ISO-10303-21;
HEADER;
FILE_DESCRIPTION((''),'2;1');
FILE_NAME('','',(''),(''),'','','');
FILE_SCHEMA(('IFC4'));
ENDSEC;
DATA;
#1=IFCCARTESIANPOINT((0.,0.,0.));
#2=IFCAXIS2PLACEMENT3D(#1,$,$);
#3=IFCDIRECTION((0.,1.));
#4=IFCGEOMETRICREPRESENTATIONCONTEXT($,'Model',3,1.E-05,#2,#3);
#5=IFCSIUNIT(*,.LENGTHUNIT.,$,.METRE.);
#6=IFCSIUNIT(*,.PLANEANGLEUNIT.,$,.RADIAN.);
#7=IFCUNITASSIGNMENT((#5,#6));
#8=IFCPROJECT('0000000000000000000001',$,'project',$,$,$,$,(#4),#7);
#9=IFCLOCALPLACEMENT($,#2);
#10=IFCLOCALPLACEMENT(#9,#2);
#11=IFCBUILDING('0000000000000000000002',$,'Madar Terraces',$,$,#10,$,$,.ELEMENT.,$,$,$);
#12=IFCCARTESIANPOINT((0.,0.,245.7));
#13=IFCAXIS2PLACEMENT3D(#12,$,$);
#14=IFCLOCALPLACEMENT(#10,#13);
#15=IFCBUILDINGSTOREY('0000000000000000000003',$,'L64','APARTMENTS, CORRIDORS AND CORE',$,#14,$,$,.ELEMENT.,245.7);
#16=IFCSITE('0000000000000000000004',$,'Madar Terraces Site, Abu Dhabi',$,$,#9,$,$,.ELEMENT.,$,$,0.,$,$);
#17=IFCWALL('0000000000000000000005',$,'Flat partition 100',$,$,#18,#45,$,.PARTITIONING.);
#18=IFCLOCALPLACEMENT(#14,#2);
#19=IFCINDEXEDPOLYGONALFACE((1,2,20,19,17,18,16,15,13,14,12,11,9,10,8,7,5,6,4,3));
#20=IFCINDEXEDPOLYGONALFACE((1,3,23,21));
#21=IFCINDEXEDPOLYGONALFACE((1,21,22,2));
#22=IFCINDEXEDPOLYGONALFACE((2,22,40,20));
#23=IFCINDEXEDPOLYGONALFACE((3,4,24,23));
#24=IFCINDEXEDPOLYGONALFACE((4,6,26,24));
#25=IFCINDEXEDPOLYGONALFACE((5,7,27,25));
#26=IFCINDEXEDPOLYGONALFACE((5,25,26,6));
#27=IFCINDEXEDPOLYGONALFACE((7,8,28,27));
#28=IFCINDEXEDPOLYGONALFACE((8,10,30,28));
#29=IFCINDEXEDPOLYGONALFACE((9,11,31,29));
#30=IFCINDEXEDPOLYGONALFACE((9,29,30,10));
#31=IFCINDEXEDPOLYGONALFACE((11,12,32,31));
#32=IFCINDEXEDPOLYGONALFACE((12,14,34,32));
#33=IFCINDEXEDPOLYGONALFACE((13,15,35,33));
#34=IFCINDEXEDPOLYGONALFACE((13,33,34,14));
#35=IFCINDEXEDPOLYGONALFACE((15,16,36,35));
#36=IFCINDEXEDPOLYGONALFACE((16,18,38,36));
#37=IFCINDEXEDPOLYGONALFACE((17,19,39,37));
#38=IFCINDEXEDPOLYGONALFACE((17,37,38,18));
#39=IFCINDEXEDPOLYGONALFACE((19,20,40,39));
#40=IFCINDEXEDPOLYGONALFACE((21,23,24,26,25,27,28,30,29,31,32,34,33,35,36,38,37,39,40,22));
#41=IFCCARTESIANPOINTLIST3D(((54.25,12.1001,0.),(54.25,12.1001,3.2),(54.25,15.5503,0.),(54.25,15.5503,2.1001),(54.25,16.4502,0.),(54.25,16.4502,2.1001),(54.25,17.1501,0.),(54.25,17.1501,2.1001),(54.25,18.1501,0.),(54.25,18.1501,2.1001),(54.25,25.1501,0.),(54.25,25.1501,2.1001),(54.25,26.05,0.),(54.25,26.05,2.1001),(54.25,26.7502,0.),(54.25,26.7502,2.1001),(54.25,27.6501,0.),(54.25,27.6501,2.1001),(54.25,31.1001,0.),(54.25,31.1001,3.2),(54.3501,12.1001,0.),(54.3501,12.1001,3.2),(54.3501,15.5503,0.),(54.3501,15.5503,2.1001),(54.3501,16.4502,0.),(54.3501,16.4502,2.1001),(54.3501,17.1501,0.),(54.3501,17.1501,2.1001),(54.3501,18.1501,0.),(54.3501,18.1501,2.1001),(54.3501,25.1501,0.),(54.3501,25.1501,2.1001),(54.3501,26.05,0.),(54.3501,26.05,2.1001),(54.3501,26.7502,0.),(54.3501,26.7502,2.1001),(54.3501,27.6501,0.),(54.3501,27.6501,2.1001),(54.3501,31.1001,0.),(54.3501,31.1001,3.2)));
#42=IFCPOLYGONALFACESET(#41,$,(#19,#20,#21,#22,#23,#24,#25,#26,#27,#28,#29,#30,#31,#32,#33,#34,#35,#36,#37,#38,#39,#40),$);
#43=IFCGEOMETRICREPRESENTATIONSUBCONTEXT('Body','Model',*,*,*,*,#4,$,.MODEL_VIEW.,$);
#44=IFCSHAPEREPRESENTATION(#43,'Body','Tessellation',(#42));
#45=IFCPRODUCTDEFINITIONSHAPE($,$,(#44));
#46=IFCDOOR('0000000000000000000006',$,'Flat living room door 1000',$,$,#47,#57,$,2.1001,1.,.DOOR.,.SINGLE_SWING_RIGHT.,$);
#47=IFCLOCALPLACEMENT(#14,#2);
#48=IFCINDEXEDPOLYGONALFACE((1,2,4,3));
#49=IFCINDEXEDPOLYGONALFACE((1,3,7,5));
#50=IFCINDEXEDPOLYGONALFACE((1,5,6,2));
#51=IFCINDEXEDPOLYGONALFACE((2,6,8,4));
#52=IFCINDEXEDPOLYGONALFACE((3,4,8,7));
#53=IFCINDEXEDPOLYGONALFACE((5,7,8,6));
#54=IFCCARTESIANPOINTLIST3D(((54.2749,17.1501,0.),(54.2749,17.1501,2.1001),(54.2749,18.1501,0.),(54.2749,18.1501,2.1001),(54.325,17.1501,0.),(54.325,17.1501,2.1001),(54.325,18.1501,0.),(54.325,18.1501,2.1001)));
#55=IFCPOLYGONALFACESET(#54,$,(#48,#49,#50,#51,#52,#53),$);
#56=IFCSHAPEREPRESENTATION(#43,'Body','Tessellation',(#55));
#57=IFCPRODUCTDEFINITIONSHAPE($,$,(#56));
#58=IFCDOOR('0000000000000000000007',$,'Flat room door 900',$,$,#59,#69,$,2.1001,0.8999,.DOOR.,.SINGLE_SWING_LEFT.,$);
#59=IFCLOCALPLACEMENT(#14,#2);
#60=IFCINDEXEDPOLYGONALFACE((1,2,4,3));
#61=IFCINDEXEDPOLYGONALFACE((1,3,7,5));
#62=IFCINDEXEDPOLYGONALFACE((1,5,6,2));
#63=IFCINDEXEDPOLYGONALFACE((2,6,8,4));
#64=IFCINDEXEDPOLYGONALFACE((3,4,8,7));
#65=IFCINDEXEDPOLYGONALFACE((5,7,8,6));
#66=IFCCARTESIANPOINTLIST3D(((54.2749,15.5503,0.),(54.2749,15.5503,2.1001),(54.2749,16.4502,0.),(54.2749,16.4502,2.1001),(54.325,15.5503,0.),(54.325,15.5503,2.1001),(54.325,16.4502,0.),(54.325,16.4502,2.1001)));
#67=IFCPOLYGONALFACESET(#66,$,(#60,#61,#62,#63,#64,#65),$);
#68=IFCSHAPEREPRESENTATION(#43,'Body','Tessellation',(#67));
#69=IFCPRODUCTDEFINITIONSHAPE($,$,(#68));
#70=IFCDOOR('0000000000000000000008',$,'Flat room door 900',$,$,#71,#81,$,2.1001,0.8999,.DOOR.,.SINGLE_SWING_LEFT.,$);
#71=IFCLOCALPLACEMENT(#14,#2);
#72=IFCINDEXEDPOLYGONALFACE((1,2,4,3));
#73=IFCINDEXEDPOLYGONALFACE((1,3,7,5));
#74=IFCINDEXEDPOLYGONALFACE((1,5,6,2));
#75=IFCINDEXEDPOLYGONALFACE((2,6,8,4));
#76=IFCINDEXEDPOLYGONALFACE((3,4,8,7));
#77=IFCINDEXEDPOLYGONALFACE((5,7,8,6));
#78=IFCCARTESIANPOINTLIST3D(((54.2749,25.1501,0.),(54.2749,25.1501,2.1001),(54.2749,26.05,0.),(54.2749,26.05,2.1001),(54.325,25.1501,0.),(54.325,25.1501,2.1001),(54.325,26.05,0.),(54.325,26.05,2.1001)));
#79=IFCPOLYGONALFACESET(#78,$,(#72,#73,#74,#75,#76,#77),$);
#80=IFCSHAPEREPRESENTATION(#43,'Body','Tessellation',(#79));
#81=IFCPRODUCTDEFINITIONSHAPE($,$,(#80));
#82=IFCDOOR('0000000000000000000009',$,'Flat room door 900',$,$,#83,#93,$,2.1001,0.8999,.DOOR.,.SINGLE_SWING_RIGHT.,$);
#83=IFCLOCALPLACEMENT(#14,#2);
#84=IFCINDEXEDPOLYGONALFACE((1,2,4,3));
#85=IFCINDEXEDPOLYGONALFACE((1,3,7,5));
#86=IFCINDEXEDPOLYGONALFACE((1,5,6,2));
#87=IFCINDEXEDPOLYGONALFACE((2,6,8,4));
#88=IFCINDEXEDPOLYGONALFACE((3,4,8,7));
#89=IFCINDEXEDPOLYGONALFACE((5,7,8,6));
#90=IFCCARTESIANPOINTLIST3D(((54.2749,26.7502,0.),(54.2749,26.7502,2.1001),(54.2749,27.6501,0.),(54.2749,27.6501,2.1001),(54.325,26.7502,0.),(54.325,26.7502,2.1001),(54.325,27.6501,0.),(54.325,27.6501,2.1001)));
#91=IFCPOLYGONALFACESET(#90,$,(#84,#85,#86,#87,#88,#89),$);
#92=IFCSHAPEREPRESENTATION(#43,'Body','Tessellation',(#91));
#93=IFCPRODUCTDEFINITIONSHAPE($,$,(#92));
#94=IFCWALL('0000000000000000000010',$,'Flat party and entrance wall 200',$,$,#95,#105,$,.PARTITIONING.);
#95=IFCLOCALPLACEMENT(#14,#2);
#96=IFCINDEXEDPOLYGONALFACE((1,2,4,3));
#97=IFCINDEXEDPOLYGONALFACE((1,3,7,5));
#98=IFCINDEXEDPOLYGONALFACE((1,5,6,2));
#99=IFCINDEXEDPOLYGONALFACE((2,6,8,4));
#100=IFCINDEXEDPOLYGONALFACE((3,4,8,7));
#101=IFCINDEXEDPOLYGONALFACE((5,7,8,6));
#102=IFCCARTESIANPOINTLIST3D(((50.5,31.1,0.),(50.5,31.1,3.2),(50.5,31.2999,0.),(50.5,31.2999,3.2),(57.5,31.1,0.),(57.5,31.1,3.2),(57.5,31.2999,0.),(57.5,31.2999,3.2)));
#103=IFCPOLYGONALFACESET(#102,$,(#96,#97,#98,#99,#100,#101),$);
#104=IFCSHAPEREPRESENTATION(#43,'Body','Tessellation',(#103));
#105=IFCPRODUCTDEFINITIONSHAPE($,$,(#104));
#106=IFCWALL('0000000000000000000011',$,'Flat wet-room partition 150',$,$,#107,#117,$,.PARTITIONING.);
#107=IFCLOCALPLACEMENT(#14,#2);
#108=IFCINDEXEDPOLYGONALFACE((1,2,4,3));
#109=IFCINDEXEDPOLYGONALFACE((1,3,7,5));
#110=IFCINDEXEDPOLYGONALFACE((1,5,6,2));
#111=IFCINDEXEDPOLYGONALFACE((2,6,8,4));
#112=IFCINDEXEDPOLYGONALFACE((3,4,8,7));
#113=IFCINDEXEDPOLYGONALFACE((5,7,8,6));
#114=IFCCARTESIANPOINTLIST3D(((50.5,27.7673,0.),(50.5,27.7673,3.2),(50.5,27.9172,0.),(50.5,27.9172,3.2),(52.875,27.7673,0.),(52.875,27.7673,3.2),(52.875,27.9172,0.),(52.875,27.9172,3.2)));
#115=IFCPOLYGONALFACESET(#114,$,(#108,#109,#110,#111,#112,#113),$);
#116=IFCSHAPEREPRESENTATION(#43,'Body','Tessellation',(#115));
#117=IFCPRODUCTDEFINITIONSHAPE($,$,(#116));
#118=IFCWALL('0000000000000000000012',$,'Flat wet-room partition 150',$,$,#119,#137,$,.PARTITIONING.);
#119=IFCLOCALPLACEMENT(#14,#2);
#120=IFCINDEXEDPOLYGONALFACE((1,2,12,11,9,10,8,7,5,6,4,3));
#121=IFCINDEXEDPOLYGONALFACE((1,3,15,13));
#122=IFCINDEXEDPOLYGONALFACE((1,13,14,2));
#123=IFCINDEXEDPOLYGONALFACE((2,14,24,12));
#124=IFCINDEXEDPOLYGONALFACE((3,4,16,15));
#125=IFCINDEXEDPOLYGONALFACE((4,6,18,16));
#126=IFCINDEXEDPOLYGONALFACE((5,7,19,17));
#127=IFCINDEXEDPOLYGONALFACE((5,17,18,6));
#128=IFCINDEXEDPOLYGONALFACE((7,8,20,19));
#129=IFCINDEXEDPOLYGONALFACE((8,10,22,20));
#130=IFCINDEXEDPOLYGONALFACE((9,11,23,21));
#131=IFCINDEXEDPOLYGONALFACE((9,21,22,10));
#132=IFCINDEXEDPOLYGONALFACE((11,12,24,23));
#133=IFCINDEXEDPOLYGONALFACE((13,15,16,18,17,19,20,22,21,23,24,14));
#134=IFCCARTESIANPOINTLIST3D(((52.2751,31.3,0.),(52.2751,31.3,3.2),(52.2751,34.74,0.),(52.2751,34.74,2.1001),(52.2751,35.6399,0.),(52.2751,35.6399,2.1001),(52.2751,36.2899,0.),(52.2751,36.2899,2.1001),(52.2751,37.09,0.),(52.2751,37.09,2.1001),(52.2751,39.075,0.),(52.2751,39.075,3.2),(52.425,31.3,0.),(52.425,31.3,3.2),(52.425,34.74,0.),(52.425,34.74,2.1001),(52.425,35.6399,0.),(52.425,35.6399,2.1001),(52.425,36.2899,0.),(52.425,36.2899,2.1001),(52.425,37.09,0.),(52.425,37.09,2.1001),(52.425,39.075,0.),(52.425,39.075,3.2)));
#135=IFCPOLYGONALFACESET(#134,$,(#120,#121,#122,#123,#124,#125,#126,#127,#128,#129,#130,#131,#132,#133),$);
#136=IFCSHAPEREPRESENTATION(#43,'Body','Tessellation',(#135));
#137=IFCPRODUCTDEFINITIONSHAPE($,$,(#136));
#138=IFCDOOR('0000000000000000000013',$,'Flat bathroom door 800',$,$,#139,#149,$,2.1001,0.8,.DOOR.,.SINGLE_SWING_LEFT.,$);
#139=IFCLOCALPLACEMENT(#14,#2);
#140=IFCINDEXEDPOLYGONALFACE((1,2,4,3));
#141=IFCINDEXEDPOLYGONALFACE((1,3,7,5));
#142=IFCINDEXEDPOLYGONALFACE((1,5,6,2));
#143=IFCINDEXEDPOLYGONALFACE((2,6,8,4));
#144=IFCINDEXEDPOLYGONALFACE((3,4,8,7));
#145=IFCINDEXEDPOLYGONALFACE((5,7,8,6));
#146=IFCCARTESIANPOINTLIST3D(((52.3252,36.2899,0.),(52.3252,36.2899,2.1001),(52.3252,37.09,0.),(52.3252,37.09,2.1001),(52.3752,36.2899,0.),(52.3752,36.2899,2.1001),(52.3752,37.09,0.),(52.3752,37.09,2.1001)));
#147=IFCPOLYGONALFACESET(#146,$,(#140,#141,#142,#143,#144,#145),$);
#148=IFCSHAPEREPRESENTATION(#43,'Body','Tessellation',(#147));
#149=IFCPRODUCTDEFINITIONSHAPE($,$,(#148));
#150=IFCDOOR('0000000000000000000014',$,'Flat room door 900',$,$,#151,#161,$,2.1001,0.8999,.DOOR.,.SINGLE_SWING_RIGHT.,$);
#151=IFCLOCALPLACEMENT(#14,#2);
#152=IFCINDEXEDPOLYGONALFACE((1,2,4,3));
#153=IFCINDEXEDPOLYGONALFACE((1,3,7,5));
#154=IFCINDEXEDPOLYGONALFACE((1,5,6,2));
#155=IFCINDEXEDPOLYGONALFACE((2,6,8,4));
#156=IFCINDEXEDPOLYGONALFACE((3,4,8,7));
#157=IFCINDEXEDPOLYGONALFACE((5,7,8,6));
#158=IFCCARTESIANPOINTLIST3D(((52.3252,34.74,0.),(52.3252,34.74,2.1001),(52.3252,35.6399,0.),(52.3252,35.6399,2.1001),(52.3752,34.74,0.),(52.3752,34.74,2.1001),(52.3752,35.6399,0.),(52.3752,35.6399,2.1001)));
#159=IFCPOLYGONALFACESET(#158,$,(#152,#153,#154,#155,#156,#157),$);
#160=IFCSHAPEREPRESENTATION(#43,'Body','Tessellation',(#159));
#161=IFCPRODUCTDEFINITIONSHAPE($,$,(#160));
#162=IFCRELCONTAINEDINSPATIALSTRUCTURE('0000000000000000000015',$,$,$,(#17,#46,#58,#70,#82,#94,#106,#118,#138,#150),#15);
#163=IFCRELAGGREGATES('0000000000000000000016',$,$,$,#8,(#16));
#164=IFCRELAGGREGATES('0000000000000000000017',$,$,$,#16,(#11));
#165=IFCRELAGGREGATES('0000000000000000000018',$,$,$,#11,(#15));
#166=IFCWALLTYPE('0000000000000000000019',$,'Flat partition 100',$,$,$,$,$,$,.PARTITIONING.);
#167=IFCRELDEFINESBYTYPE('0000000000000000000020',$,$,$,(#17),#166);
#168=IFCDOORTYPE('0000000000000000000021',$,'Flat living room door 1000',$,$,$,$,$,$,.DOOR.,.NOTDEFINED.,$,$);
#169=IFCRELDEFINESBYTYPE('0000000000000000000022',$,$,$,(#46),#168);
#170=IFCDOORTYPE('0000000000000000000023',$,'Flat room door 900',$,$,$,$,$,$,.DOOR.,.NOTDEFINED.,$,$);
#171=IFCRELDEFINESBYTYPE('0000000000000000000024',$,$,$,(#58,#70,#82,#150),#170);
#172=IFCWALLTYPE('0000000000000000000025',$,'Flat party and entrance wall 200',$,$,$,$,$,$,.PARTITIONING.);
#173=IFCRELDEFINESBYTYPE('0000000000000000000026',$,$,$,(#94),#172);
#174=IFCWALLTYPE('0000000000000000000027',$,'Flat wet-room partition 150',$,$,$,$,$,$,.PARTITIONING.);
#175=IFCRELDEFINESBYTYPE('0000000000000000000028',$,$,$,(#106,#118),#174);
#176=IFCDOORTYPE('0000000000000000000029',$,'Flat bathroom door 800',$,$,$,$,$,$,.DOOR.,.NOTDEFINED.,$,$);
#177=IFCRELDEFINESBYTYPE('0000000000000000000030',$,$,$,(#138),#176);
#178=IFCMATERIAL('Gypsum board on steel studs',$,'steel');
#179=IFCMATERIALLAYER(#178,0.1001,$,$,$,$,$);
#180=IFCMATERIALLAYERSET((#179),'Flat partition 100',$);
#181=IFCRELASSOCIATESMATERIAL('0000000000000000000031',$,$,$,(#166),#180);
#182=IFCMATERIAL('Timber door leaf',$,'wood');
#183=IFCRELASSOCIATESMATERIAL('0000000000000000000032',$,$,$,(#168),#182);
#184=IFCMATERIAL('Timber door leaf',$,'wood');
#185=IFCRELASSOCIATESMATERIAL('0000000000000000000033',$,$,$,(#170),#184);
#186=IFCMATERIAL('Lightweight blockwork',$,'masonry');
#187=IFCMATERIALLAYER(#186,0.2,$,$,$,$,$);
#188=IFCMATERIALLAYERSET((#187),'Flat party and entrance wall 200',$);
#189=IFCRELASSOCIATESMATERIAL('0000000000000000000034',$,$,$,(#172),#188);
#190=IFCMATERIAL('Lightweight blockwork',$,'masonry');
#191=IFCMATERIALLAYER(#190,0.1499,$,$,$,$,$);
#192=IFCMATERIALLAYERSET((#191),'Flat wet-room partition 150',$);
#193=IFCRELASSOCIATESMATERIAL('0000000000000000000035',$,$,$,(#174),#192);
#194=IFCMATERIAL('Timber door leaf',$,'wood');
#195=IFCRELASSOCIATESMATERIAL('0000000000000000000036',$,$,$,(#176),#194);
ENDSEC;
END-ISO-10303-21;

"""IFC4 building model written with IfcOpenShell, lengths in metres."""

from ifc_helpers import new_model, si_unit, direction, frame, frame_2d, origin, place, context, subcontext, project, spatial, rectangle, extrude, material, layer, layer_set, type_object, element, fill, save


model = new_model("IFC4")

# Units and contexts
model_context = context("Model", 3, precision=1e-05, world=origin(), true_north=direction((0.0, 1.0)))
body_context = subcontext(model_context, "Body", "Model", "MODEL_VIEW")
ifc_project = project(units=[si_unit("LENGTHUNIT", "METRE"), si_unit("PLANEANGLEUNIT", "RADIAN")], contexts=[model_context])

# Site, building, storey
site_placement = place(None, origin())
site = spatial("IfcSite", under=ifc_project, at=site_placement, Name="Madar Terraces Site, Abu Dhabi", CompositionType="ELEMENT", RefElevation=0.0)
building_placement = place(site_placement, origin())
building = spatial("IfcBuilding", under=site, at=building_placement, Name="Madar Terraces", CompositionType="ELEMENT")
storey_placement = place(building_placement, frame((0.0, 0.0, 245.7)))
storey = spatial("IfcBuildingStorey", under=building, at=storey_placement, Name="L64", Description="APARTMENTS, CORRIDORS AND CORE", CompositionType="ELEMENT", Elevation=245.7)

# Shared definitions
ifc_material_1 = material(Name="Gypsum board on steel studs", Category="steel")
ifc_layer_1 = layer(ifc_material_1, 0.1001)
ifc_layer_set_1 = layer_set([ifc_layer_1], Name="Flat partition 100")
wall_type_1 = type_object("IfcWallType", Name="Flat partition 100", PredefinedType="PARTITIONING", material=ifc_layer_set_1)

# Wall, openings, doors
wall_1_placement = place(storey_placement, frame((54.3, 31.1001, 0.0), z_axis=(0.0, 0.0, 1.0), x_axis=(0.0, -1.0, 0.0)))
wall_1 = element("IfcWall", 1, at=wall_1_placement, inside=storey, type_object=wall_type_1, Name="Flat partition 100", PredefinedType="PARTITIONING", context=body_context, shape_type="SweptSolid", body=[
    extrude(rectangle(XDim=19.0, YDim=0.1001, at=frame_2d((9.5, 0.0))), origin(), (0.0, 0.0, 1.0), 3.2),
])
opening_1_placement = place(wall_1_placement, frame((14.6499, 0.0, 0.0)))
opening_1 = element("IfcOpeningElement", 2, at=opening_1_placement, cuts=wall_1, PredefinedType="OPENING", context=body_context, shape_type="SweptSolid", body=[
    extrude(rectangle(XDim=0.8999, YDim=2.1001, at=frame_2d((0.45, 1.05))), frame((0.0, 0.0601, 0.0), z_axis=(0.0, -1.0, 0.0), x_axis=(1.0, 0.0, 0.0)), (0.0, 0.0, 1.0), 0.1201),
])
opening_2_placement = place(wall_1_placement, frame((12.95, 0.0, 0.0)))
opening_2 = element("IfcOpeningElement", 3, at=opening_2_placement, cuts=wall_1, PredefinedType="OPENING", context=body_context, shape_type="SweptSolid", body=[
    extrude(rectangle(XDim=1.0, YDim=2.1001, at=frame_2d((0.5, 1.05))), frame((0.0, 0.0601, 0.0), z_axis=(0.0, -1.0, 0.0), x_axis=(1.0, 0.0, 0.0)), (0.0, 0.0, 1.0), 0.1201),
])
opening_3_placement = place(wall_1_placement, frame((5.05, 0.0, 0.0)))
opening_3 = element("IfcOpeningElement", 4, at=opening_3_placement, cuts=wall_1, PredefinedType="OPENING", context=body_context, shape_type="SweptSolid", body=[
    extrude(rectangle(XDim=0.8999, YDim=2.1001, at=frame_2d((0.45, 1.05))), frame((0.0, 0.0601, 0.0), z_axis=(0.0, -1.0, 0.0), x_axis=(1.0, 0.0, 0.0)), (0.0, 0.0, 1.0), 0.1201),
])
opening_4_placement = place(wall_1_placement, frame((3.45, 0.0, 0.0)))
opening_4 = element("IfcOpeningElement", 5, at=opening_4_placement, cuts=wall_1, PredefinedType="OPENING", context=body_context, shape_type="SweptSolid", body=[
    extrude(rectangle(XDim=0.8999, YDim=2.1001, at=frame_2d((0.45, 1.05))), frame((0.0, 0.0601, 0.0), z_axis=(0.0, -1.0, 0.0), x_axis=(1.0, 0.0, 0.0)), (0.0, 0.0, 1.0), 0.1201),
])
ifc_material_2 = material(Name="Timber door leaf", Category="wood")
door_type_1 = type_object("IfcDoorType", Name="Flat living room door 1000", OperationType="NOTDEFINED", PredefinedType="DOOR", material=ifc_material_2)
door_1_placement = place(opening_2_placement, origin())
door_1 = element("IfcDoor", 6, at=door_1_placement, inside=storey, type_object=door_type_1, Name="Flat living room door 1000", OperationType="SINGLE_SWING_RIGHT", OverallHeight=2.1001, OverallWidth=1.0, PredefinedType="DOOR", context=body_context, shape_type="SweptSolid", body=[
    extrude(rectangle(XDim=1.0, YDim=2.1001, at=frame_2d((0.5, 1.05))), frame((0.0, 0.0249, 0.0), z_axis=(0.0, -1.0, 0.0), x_axis=(1.0, 0.0, 0.0)), (0.0, 0.0, 1.0), 0.05),
])
fill(opening_2, door_1)
ifc_material_3 = material(Name="Timber door leaf", Category="wood")
door_type_2 = type_object("IfcDoorType", Name="Flat room door 900", OperationType="NOTDEFINED", PredefinedType="DOOR", material=ifc_material_3)
door_2_placement = place(opening_1_placement, origin())
door_2 = element("IfcDoor", 7, at=door_2_placement, inside=storey, type_object=door_type_2, Name="Flat room door 900", OperationType="SINGLE_SWING_LEFT", OverallHeight=2.1001, OverallWidth=0.8999, PredefinedType="DOOR", context=body_context, shape_type="SweptSolid", body=[
    extrude(rectangle(XDim=0.8999, YDim=2.1001, at=frame_2d((0.45, 1.05))), frame((0.0, 0.0249, 0.0), z_axis=(0.0, -1.0, 0.0), x_axis=(1.0, 0.0, 0.0)), (0.0, 0.0, 1.0), 0.05),
])
fill(opening_1, door_2)
door_3_placement = place(opening_3_placement, origin())
door_3 = element("IfcDoor", 8, at=door_3_placement, inside=storey, type_object=door_type_2, Name="Flat room door 900", OperationType="SINGLE_SWING_LEFT", OverallHeight=2.1001, OverallWidth=0.8999, PredefinedType="DOOR", context=body_context, shape_type="SweptSolid", body=[
    extrude(rectangle(XDim=0.8999, YDim=2.1001, at=frame_2d((0.45, 1.05))), frame((0.0, 0.0249, 0.0), z_axis=(0.0, -1.0, 0.0), x_axis=(1.0, 0.0, 0.0)), (0.0, 0.0, 1.0), 0.05),
])
fill(opening_3, door_3)
door_4_placement = place(opening_4_placement, origin())
door_4 = element("IfcDoor", 9, at=door_4_placement, inside=storey, type_object=door_type_2, Name="Flat room door 900", OperationType="SINGLE_SWING_RIGHT", OverallHeight=2.1001, OverallWidth=0.8999, PredefinedType="DOOR", context=body_context, shape_type="SweptSolid", body=[
    extrude(rectangle(XDim=0.8999, YDim=2.1001, at=frame_2d((0.45, 1.05))), frame((0.0, 0.0249, 0.0), z_axis=(0.0, -1.0, 0.0), x_axis=(1.0, 0.0, 0.0)), (0.0, 0.0, 1.0), 0.05),
])
fill(opening_4, door_4)

# Walls
ifc_material_4 = material(Name="Lightweight blockwork", Category="masonry")
ifc_layer_2 = layer(ifc_material_4, 0.2)
ifc_layer_set_2 = layer_set([ifc_layer_2], Name="Flat party and entrance wall 200")
wall_type_2 = type_object("IfcWallType", Name="Flat party and entrance wall 200", PredefinedType="PARTITIONING", material=ifc_layer_set_2)
wall_2_placement = place(storey_placement, frame((50.5, 31.2, 0.0), z_axis=(0.0, 0.0, 1.0), x_axis=(1.0, 0.0, 0.0)))
element("IfcWall", 10, at=wall_2_placement, inside=storey, type_object=wall_type_2, Name="Flat party and entrance wall 200", PredefinedType="PARTITIONING", context=body_context, shape_type="SweptSolid", body=[
    extrude(rectangle(XDim=7.0, YDim=0.2, at=frame_2d((3.5, 0.0))), origin(), (0.0, 0.0, 1.0), 3.2),
])
ifc_material_5 = material(Name="Lightweight blockwork", Category="masonry")
ifc_layer_3 = layer(ifc_material_5, 0.1499)
ifc_layer_set_3 = layer_set([ifc_layer_3], Name="Flat wet-room partition 150")
wall_type_3 = type_object("IfcWallType", Name="Flat wet-room partition 150", PredefinedType="PARTITIONING", material=ifc_layer_set_3)
wall_3_placement = place(storey_placement, frame((50.5, 27.8423, 0.0), z_axis=(0.0, 0.0, 1.0), x_axis=(1.0, 0.0, 0.0)))
element("IfcWall", 11, at=wall_3_placement, inside=storey, type_object=wall_type_3, Name="Flat wet-room partition 150", PredefinedType="PARTITIONING", context=body_context, shape_type="SweptSolid", body=[
    extrude(rectangle(XDim=2.375, YDim=0.1499, at=frame_2d((1.1875, 0.0))), origin(), (0.0, 0.0, 1.0), 3.2),
])

# Wall, openings, doors
wall_4_placement = place(storey_placement, frame((52.3501, 31.3, 0.0), z_axis=(0.0, 0.0, 1.0), x_axis=(0.0, 1.0, 0.0)))
wall_4 = element("IfcWall", 12, at=wall_4_placement, inside=storey, type_object=wall_type_3, Name="Flat wet-room partition 150", PredefinedType="PARTITIONING", context=body_context, shape_type="SweptSolid", body=[
    extrude(rectangle(XDim=7.7749, YDim=0.1499, at=frame_2d((3.8875, 0.0))), origin(), (0.0, 0.0, 1.0), 3.2),
])
opening_5_placement = place(wall_4_placement, frame((4.99, 0.0, 0.0)))
opening_5 = element("IfcOpeningElement", 13, at=opening_5_placement, cuts=wall_4, PredefinedType="OPENING", context=body_context, shape_type="SweptSolid", body=[
    extrude(rectangle(XDim=0.8, YDim=2.1001, at=frame_2d((0.3999, 1.05))), frame((0.0, 0.085, 0.0), z_axis=(0.0, -1.0, 0.0), x_axis=(1.0, 0.0, 0.0)), (0.0, 0.0, 1.0), 0.1699),
])
opening_6_placement = place(wall_4_placement, frame((3.4399, 0.0, 0.0)))
opening_6 = element("IfcOpeningElement", 14, at=opening_6_placement, cuts=wall_4, PredefinedType="OPENING", context=body_context, shape_type="SweptSolid", body=[
    extrude(rectangle(XDim=0.8999, YDim=2.1001, at=frame_2d((0.45, 1.05))), frame((0.0, 0.085, 0.0), z_axis=(0.0, -1.0, 0.0), x_axis=(1.0, 0.0, 0.0)), (0.0, 0.0, 1.0), 0.1699),
])
ifc_material_6 = material(Name="Timber door leaf", Category="wood")
door_type_3 = type_object("IfcDoorType", Name="Flat bathroom door 800", OperationType="NOTDEFINED", PredefinedType="DOOR", material=ifc_material_6)
door_5_placement = place(opening_5_placement, origin())
door_5 = element("IfcDoor", 15, at=door_5_placement, inside=storey, type_object=door_type_3, Name="Flat bathroom door 800", OperationType="SINGLE_SWING_LEFT", OverallHeight=2.1001, OverallWidth=0.8, PredefinedType="DOOR", context=body_context, shape_type="SweptSolid", body=[
    extrude(rectangle(XDim=0.8, YDim=2.1001, at=frame_2d((0.3999, 1.05))), frame((0.0, 0.0249, 0.0), z_axis=(0.0, -1.0, 0.0), x_axis=(1.0, 0.0, 0.0)), (0.0, 0.0, 1.0), 0.05),
])
fill(opening_5, door_5)
door_6_placement = place(opening_6_placement, origin())
door_6 = element("IfcDoor", 16, at=door_6_placement, inside=storey, type_object=door_type_2, Name="Flat room door 900", OperationType="SINGLE_SWING_RIGHT", OverallHeight=2.1001, OverallWidth=0.8999, PredefinedType="DOOR", context=body_context, shape_type="SweptSolid", body=[
    extrude(rectangle(XDim=0.8999, YDim=2.1001, at=frame_2d((0.45, 1.05))), frame((0.0, 0.0249, 0.0), z_axis=(0.0, -1.0, 0.0), x_axis=(1.0, 0.0, 0.0)), (0.0, 0.0, 1.0), 0.05),
])
fill(opening_6, door_6)

save(model, "model.ifc")
